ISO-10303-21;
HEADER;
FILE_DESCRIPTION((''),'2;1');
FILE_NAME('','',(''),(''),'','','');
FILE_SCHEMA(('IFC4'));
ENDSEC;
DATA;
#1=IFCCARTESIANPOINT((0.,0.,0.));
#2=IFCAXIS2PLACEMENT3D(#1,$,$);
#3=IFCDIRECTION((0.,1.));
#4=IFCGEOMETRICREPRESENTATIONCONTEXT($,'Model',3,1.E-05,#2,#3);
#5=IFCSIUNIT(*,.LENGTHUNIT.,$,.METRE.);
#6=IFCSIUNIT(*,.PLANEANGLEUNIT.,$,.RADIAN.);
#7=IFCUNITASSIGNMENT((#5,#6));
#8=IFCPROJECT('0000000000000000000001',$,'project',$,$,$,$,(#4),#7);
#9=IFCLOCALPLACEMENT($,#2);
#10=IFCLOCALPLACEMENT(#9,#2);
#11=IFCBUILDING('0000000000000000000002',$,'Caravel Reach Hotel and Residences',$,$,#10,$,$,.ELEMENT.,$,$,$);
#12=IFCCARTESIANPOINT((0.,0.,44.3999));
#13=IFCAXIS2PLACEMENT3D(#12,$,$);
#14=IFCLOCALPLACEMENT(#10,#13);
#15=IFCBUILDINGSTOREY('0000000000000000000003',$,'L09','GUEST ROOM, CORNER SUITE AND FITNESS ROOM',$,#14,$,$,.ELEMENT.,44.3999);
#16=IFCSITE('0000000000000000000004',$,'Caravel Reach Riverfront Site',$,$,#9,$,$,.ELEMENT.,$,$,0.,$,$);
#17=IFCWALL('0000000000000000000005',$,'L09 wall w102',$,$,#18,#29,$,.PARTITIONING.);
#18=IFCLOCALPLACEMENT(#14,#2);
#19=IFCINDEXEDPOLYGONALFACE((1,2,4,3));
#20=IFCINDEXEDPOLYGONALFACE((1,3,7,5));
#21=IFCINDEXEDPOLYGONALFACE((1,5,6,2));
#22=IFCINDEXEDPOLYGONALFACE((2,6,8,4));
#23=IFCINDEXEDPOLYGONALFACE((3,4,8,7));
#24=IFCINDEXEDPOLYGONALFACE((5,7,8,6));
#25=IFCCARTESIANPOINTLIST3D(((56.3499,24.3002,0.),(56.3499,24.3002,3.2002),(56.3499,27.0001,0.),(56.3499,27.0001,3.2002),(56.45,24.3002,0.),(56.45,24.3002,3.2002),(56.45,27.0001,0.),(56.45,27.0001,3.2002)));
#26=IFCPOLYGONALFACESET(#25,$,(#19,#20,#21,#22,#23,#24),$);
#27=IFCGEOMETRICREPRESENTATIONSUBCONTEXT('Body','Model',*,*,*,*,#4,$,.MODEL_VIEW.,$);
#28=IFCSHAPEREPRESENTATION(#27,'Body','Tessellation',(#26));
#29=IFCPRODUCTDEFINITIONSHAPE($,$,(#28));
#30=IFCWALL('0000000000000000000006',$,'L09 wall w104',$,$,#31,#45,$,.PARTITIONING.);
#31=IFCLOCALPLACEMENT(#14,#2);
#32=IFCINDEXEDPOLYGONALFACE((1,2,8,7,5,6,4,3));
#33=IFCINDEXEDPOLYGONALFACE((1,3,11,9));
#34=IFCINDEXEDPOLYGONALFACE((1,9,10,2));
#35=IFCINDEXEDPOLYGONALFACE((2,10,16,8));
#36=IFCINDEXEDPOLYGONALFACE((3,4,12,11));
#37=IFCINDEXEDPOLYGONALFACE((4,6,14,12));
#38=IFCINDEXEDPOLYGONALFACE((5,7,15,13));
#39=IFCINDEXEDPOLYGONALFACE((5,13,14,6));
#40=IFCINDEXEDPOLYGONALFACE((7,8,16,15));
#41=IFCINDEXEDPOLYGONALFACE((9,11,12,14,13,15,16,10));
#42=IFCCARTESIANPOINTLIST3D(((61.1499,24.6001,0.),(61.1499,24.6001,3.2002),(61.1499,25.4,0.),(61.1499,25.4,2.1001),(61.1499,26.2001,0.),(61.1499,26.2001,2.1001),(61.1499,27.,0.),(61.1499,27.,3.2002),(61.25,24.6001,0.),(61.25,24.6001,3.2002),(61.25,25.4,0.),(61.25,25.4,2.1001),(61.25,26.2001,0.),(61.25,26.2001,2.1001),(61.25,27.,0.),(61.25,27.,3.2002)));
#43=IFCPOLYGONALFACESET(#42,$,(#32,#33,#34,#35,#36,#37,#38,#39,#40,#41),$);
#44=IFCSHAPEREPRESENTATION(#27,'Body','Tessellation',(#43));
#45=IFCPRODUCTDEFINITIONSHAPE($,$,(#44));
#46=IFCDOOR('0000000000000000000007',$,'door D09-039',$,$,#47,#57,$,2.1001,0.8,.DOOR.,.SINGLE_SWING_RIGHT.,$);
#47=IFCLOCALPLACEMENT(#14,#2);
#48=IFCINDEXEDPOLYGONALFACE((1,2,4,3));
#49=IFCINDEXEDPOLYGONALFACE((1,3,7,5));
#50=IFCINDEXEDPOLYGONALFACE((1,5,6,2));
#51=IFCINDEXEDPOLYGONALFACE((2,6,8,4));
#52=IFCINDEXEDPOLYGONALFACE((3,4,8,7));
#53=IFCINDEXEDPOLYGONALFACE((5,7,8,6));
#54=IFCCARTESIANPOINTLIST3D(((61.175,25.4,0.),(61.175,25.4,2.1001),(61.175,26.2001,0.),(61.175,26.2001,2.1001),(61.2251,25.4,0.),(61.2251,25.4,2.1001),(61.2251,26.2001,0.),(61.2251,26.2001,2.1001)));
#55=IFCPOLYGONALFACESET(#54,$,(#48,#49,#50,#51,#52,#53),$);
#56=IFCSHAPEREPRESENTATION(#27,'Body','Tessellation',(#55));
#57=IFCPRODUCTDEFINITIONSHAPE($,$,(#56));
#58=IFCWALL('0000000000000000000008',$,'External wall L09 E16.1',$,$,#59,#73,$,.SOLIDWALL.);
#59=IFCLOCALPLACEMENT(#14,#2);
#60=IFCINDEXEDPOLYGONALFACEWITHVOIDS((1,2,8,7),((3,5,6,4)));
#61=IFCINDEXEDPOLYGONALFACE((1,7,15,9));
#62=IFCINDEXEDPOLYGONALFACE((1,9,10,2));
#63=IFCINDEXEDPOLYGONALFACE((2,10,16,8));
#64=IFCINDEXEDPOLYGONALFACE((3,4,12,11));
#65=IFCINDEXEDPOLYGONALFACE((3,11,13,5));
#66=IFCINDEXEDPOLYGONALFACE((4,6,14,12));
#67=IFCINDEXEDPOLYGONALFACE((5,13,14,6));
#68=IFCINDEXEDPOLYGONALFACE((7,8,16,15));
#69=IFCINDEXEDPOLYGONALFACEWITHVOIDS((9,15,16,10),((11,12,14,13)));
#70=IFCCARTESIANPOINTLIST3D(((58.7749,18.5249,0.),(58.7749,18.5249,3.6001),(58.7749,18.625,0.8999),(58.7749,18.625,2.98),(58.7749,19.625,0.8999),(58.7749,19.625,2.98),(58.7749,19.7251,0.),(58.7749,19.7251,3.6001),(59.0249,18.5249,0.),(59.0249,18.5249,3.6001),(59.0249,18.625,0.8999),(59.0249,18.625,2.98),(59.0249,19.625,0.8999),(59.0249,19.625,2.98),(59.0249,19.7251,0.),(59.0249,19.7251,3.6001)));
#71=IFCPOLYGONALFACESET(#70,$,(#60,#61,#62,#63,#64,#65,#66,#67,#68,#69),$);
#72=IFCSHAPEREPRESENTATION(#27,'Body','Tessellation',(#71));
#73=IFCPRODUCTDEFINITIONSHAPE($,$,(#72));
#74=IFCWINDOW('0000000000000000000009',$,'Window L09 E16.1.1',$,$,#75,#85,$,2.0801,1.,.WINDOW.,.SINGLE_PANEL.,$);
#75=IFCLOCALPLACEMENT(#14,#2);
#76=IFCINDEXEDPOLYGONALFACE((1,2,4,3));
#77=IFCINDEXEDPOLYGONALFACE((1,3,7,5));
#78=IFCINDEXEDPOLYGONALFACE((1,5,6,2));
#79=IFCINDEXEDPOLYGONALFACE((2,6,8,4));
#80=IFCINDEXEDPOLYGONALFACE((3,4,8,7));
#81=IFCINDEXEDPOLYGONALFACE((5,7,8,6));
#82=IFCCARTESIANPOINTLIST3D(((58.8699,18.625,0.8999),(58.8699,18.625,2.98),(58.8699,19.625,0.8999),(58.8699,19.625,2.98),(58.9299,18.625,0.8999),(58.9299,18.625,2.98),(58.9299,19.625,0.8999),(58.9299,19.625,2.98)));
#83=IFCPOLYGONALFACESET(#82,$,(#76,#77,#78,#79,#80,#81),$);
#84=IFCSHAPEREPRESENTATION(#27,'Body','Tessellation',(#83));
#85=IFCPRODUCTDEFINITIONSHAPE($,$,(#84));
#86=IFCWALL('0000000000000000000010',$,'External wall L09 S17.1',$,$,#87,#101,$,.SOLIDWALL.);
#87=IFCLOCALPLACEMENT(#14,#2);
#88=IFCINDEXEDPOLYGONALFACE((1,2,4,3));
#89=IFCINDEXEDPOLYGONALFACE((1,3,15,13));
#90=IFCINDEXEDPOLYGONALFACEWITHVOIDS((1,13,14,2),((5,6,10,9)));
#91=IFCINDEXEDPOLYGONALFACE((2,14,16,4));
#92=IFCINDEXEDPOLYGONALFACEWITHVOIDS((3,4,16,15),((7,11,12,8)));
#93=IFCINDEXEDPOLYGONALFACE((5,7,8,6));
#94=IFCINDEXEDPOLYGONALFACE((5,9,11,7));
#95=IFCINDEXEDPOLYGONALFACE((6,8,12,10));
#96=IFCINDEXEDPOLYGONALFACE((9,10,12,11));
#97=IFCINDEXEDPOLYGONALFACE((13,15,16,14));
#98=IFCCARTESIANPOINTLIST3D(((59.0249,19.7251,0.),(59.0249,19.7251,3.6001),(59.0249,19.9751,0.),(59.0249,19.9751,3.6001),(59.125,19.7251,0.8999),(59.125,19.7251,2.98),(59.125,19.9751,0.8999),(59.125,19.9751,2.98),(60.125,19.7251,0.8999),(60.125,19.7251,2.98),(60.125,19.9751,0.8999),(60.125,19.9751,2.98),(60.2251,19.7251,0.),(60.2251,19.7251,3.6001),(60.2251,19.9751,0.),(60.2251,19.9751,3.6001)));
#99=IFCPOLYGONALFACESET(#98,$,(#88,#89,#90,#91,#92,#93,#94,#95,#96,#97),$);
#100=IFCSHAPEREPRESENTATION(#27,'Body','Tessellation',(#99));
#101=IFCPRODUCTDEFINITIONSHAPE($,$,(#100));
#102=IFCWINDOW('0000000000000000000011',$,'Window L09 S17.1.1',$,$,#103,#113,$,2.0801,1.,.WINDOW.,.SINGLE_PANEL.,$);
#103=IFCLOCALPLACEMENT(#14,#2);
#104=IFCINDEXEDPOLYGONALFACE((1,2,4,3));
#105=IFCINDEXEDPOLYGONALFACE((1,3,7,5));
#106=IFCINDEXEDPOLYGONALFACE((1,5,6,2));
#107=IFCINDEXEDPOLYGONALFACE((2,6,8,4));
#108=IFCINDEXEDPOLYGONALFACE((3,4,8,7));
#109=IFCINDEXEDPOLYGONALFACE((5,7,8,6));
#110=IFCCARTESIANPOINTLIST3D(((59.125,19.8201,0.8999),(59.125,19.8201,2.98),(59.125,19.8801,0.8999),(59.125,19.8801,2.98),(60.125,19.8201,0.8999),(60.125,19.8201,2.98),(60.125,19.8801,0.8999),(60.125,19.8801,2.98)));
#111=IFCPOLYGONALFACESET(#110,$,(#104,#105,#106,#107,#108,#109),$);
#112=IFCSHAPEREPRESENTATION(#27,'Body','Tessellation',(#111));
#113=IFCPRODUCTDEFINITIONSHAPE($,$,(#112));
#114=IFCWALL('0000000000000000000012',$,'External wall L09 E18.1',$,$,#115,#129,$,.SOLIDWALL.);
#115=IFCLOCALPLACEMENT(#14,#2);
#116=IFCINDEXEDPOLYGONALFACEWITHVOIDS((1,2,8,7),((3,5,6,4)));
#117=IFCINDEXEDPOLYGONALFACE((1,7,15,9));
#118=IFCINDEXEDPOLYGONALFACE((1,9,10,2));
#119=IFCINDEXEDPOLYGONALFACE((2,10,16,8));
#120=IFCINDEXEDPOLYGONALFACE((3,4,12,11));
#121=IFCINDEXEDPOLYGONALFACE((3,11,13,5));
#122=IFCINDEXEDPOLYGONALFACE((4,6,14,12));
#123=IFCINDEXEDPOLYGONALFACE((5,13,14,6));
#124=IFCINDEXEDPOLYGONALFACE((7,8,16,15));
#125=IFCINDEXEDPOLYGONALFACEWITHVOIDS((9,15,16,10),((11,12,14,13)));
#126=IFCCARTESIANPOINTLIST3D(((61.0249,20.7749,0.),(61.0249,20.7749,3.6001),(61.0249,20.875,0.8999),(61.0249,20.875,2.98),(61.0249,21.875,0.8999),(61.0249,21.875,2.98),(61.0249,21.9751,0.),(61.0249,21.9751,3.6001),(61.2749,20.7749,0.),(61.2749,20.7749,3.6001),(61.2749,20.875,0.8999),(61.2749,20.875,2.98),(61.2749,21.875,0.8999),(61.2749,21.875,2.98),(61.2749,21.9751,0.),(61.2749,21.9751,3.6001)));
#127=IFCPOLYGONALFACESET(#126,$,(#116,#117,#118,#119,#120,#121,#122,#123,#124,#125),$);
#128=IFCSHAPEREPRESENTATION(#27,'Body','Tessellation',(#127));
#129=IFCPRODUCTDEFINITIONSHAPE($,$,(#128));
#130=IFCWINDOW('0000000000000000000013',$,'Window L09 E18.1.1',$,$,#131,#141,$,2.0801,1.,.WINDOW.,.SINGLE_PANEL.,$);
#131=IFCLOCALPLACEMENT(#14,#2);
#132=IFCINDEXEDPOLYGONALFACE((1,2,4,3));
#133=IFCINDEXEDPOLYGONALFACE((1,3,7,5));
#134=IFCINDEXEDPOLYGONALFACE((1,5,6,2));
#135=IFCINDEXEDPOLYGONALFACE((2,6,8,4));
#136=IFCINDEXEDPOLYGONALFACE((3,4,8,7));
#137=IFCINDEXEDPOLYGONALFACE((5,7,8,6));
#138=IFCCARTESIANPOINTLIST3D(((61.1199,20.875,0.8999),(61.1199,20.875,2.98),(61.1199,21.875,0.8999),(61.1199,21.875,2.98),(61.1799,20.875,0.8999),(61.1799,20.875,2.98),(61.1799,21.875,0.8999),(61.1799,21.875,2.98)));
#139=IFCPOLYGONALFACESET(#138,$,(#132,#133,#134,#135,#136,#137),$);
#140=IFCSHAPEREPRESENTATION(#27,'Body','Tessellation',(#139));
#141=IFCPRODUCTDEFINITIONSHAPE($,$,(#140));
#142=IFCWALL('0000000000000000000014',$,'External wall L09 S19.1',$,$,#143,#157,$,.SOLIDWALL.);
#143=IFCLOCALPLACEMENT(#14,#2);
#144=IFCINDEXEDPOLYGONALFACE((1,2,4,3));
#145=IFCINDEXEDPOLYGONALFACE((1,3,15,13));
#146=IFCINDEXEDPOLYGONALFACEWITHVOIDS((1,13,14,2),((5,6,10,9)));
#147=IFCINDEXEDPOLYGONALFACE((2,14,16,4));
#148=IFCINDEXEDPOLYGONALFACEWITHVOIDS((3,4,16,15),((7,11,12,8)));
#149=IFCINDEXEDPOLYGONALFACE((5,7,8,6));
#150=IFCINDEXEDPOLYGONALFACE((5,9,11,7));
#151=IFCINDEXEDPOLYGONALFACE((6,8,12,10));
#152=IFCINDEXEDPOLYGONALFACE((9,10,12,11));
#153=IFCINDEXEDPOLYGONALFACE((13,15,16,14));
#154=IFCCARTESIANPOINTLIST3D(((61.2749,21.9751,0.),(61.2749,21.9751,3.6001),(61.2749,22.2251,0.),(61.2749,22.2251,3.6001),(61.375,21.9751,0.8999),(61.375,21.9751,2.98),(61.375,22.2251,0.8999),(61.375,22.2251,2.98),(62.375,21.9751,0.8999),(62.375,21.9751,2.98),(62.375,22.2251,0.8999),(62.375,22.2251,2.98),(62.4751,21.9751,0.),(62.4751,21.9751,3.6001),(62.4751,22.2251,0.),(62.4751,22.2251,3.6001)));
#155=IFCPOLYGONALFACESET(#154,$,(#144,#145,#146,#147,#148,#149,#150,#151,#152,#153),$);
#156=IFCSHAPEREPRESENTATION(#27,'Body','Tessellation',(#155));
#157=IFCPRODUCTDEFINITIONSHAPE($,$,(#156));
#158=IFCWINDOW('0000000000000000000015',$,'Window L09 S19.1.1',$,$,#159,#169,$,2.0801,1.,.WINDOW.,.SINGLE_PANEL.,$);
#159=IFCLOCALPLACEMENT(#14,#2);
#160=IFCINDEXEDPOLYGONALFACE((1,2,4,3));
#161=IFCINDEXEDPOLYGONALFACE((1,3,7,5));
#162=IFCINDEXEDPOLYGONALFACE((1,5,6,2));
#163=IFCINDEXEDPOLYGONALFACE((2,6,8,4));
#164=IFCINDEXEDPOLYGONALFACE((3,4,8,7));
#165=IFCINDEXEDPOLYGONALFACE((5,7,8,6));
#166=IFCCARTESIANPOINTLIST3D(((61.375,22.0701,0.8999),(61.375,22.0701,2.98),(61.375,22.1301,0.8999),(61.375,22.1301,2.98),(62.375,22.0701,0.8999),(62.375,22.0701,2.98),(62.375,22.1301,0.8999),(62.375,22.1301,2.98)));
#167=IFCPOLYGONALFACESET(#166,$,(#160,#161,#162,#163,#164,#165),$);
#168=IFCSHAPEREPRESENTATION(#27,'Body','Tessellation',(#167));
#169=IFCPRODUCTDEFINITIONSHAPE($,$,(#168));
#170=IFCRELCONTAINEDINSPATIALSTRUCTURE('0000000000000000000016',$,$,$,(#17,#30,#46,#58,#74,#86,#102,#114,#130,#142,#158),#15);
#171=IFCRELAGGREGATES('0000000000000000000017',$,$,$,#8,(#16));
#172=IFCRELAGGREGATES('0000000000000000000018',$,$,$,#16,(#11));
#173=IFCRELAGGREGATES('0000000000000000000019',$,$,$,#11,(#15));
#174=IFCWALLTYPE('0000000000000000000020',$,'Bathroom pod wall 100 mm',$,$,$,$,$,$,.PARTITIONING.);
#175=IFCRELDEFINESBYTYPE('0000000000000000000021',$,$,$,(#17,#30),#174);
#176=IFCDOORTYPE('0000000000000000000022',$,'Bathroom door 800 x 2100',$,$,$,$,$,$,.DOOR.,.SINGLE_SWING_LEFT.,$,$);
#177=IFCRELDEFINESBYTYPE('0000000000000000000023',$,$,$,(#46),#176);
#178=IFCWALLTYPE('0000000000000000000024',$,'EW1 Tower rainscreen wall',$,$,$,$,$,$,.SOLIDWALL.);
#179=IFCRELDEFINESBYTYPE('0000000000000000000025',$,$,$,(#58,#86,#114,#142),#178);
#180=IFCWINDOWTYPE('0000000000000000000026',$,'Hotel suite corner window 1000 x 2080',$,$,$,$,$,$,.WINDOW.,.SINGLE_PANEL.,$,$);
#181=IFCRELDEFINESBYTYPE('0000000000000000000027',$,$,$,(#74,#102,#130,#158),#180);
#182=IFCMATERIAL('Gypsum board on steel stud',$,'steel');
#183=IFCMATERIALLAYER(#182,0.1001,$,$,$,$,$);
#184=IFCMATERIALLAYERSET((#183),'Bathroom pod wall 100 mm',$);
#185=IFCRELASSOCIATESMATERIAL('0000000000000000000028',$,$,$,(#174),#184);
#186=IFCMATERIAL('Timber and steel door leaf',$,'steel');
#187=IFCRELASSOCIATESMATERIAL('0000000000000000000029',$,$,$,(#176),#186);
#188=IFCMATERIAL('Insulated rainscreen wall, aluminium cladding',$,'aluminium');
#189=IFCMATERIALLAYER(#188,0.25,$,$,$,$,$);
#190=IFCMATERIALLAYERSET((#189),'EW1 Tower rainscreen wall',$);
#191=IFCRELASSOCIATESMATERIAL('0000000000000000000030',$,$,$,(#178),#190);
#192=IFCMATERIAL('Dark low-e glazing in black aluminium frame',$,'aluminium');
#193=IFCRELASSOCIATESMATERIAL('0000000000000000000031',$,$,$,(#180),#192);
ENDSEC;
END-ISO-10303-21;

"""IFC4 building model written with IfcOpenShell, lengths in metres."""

from ifc_helpers import new_model, si_unit, direction, frame, frame_2d, origin, place, context, subcontext, project, spatial, rectangle, extrude, material, layer, layer_set, type_object, element, fill, save


model = new_model("IFC4")

# Units and contexts
model_context = context("Model", 3, precision=1e-05, world=origin(), true_north=direction((0.0, 1.0)))
body_context = subcontext(model_context, "Body", "Model", "MODEL_VIEW")
ifc_project = project(units=[si_unit("LENGTHUNIT", "METRE"), si_unit("PLANEANGLEUNIT", "RADIAN")], contexts=[model_context])

# Site, building, storey
site_placement = place(None, origin())
site = spatial("IfcSite", under=ifc_project, at=site_placement, Name="Caravel Reach Riverfront Site", CompositionType="ELEMENT", RefElevation=0.0)
building_placement = place(site_placement, origin())
building = spatial("IfcBuilding", under=site, at=building_placement, Name="Caravel Reach Hotel and Residences", CompositionType="ELEMENT")
storey_placement = place(building_placement, frame((0.0, 0.0, 44.3999)))
storey = spatial("IfcBuildingStorey", under=building, at=storey_placement, Name="L09", Description="GUEST ROOM, CORNER SUITE AND FITNESS ROOM", CompositionType="ELEMENT", Elevation=44.3999)

# Shared definitions
ifc_material_1 = material(Name="Gypsum board on steel stud", Category="steel")
ifc_layer_1 = layer(ifc_material_1, 0.1001)
ifc_layer_set_1 = layer_set([ifc_layer_1], Name="Bathroom pod wall 100 mm")
wall_type_1 = type_object("IfcWallType", Name="Bathroom pod wall 100 mm", PredefinedType="PARTITIONING", material=ifc_layer_set_1)
ifc_material_2 = material(Name="Timber and steel door leaf", Category="steel")
door_type = type_object("IfcDoorType", Name="Bathroom door 800 x 2100", OperationType="SINGLE_SWING_LEFT", PredefinedType="DOOR", material=ifc_material_2)

# Wall
for number, where, z_axis, x_axis, name in (
    (1, (56.3999, 24.3, 0.0), (0.0, 0.0, 1.0), (0.0, 1.0, 0.0), "L09 wall w102"),
):
    element("IfcWall", number, at=place(storey_placement, frame(where, z_axis=z_axis, x_axis=x_axis)), inside=storey, type_object=wall_type_1, Name=name, PredefinedType="PARTITIONING", context=body_context, shape_type="SweptSolid", body=[
        extrude(rectangle(XDim=2.7, YDim=0.1001, at=frame_2d((1.3501, 0.0))), origin(), (0.0, 0.0, 1.0), 3.2002),
    ])

# Wall, opening, door
wall_1_placement = place(storey_placement, frame((61.2, 24.6001, 0.0), z_axis=(0.0, 0.0, 1.0), x_axis=(0.0, 1.0, 0.0)))
wall_1 = element("IfcWall", 2, at=wall_1_placement, inside=storey, type_object=wall_type_1, Name="L09 wall w104", PredefinedType="PARTITIONING", context=body_context, shape_type="SweptSolid", body=[
    extrude(rectangle(XDim=2.3999, YDim=0.1001, at=frame_2d((1.2, 0.0))), origin(), (0.0, 0.0, 1.0), 3.2002),
])
opening_1_placement = place(wall_1_placement, frame((0.8, 0.0, 0.0)))
opening_1 = element("IfcOpeningElement", 3, at=opening_1_placement, cuts=wall_1, PredefinedType="OPENING", context=body_context, shape_type="SweptSolid", body=[
    extrude(rectangle(XDim=0.8, YDim=2.1001, at=frame_2d((0.3999, 1.05))), frame((0.0, 0.0601, 0.0), z_axis=(0.0, -1.0, 0.0), x_axis=(1.0, 0.0, 0.0)), (0.0, 0.0, 1.0), 0.1201),
])
door_1_placement = place(opening_1_placement, origin())
door_1 = element("IfcDoor", 4, at=door_1_placement, inside=storey, type_object=door_type, Name="door D09-039", OperationType="SINGLE_SWING_RIGHT", OverallHeight=2.1001, OverallWidth=0.8, PredefinedType="DOOR", context=body_context, shape_type="SweptSolid", body=[
    extrude(rectangle(XDim=0.8, YDim=2.1001, at=frame_2d((0.3999, 1.05))), frame((0.0, 0.0249, 0.0), z_axis=(0.0, -1.0, 0.0), x_axis=(1.0, 0.0, 0.0)), (0.0, 0.0, 1.0), 0.05),
])
fill(opening_1, door_1)

# Walls, openings, windows
ifc_material_3 = material(Name="Insulated rainscreen wall, aluminium cladding", Category="aluminium")
ifc_layer_2 = layer(ifc_material_3, 0.25)
ifc_layer_set_2 = layer_set([ifc_layer_2], Name="EW1 Tower rainscreen wall")
wall_type_2 = type_object("IfcWallType", Name="EW1 Tower rainscreen wall", PredefinedType="SOLIDWALL", material=ifc_layer_set_2)
wall_2_placement = place(storey_placement, frame((58.8999, 18.5249, 0.0), z_axis=(0.0, 0.0, 1.0), x_axis=(0.0, 1.0, 0.0)))
wall_2 = element("IfcWall", 5, at=wall_2_placement, inside=storey, type_object=wall_type_2, Name="External wall L09 E16.1", PredefinedType="SOLIDWALL", context=body_context, shape_type="SweptSolid", body=[
    extrude(rectangle(XDim=1.2002, YDim=0.25, at=frame_2d((0.6001, 0.0))), origin(), (0.0, 0.0, 1.0), 3.6001),
])
opening_2_placement = place(wall_2_placement, frame((0.1001, 0.0, 0.8999)))
opening_2 = element("IfcOpeningElement", 6, at=opening_2_placement, cuts=wall_2, PredefinedType="OPENING", context=body_context, shape_type="SweptSolid", body=[
    extrude(rectangle(XDim=1.0, YDim=2.0801, at=frame_2d((0.5, 1.04))), frame((0.0, 0.135, 0.0), z_axis=(0.0, -1.0, 0.0), x_axis=(1.0, 0.0, 0.0)), (0.0, 0.0, 1.0), 0.27),
])
ifc_material_4 = material(Name="Dark low-e glazing in black aluminium frame", Category="aluminium")
window_type_1 = type_object("IfcWindowType", Name="Hotel suite corner window 1000 x 2080", PartitioningType="SINGLE_PANEL", PredefinedType="WINDOW", material=ifc_material_4)
window_1_placement = place(opening_2_placement, origin())
window_1 = element("IfcWindow", 7, at=window_1_placement, inside=storey, type_object=window_type_1, Name="Window L09 E16.1.1", OverallHeight=2.0801, OverallWidth=1.0, PartitioningType="SINGLE_PANEL", PredefinedType="WINDOW", context=body_context, shape_type="SweptSolid", body=[
    extrude(rectangle(XDim=1.0, YDim=2.0801, at=frame_2d((0.5, 1.04))), frame((0.0, 0.03, 0.0), z_axis=(0.0, -1.0, 0.0), x_axis=(1.0, 0.0, 0.0)), (0.0, 0.0, 1.0), 0.0601),
])
fill(opening_2, window_1)
wall_3_placement = place(storey_placement, frame((59.0249, 19.8501, 0.0), z_axis=(0.0, 0.0, 1.0), x_axis=(1.0, 0.0, 0.0)))
wall_3 = element("IfcWall", 8, at=wall_3_placement, inside=storey, type_object=wall_type_2, Name="External wall L09 S17.1", PredefinedType="SOLIDWALL", context=body_context, shape_type="SweptSolid", body=[
    extrude(rectangle(XDim=1.2002, YDim=0.25, at=frame_2d((0.6001, 0.0))), origin(), (0.0, 0.0, 1.0), 3.6001),
])
opening_3_placement = place(wall_3_placement, frame((0.1001, 0.0, 0.8999)))
opening_3 = element("IfcOpeningElement", 9, at=opening_3_placement, cuts=wall_3, PredefinedType="OPENING", context=body_context, shape_type="SweptSolid", body=[
    extrude(rectangle(XDim=1.0, YDim=2.0801, at=frame_2d((0.5, 1.04))), frame((0.0, 0.135, 0.0), z_axis=(0.0, -1.0, 0.0), x_axis=(1.0, 0.0, 0.0)), (0.0, 0.0, 1.0), 0.27),
])
window_2_placement = place(opening_3_placement, origin())
window_2 = element("IfcWindow", 10, at=window_2_placement, inside=storey, type_object=window_type_1, Name="Window L09 S17.1.1", OverallHeight=2.0801, OverallWidth=1.0, PartitioningType="SINGLE_PANEL", PredefinedType="WINDOW", context=body_context, shape_type="SweptSolid", body=[
    extrude(rectangle(XDim=1.0, YDim=2.0801, at=frame_2d((0.5, 1.04))), frame((0.0, 0.03, 0.0), z_axis=(0.0, -1.0, 0.0), x_axis=(1.0, 0.0, 0.0)), (0.0, 0.0, 1.0), 0.0601),
])
fill(opening_3, window_2)
wall_4_placement = place(storey_placement, frame((61.1499, 20.7749, 0.0), z_axis=(0.0, 0.0, 1.0), x_axis=(0.0, 1.0, 0.0)))
wall_4 = element("IfcWall", 11, at=wall_4_placement, inside=storey, type_object=wall_type_2, Name="External wall L09 E18.1", PredefinedType="SOLIDWALL", context=body_context, shape_type="SweptSolid", body=[
    extrude(rectangle(XDim=1.2002, YDim=0.25, at=frame_2d((0.6001, 0.0))), origin(), (0.0, 0.0, 1.0), 3.6001),
])
opening_4_placement = place(wall_4_placement, frame((0.1001, 0.0, 0.8999)))
opening_4 = element("IfcOpeningElement", 12, at=opening_4_placement, cuts=wall_4, PredefinedType="OPENING", context=body_context, shape_type="SweptSolid", body=[
    extrude(rectangle(XDim=1.0, YDim=2.0801, at=frame_2d((0.5, 1.04))), frame((0.0, 0.135, 0.0), z_axis=(0.0, -1.0, 0.0), x_axis=(1.0, 0.0, 0.0)), (0.0, 0.0, 1.0), 0.27),
])
window_3_placement = place(opening_4_placement, origin())
window_3 = element("IfcWindow", 13, at=window_3_placement, inside=storey, type_object=window_type_1, Name="Window L09 E18.1.1", OverallHeight=2.0801, OverallWidth=1.0, PartitioningType="SINGLE_PANEL", PredefinedType="WINDOW", context=body_context, shape_type="SweptSolid", body=[
    extrude(rectangle(XDim=1.0, YDim=2.0801, at=frame_2d((0.5, 1.04))), frame((0.0, 0.03, 0.0), z_axis=(0.0, -1.0, 0.0), x_axis=(1.0, 0.0, 0.0)), (0.0, 0.0, 1.0), 0.0601),
])
fill(opening_4, window_3)
wall_5_placement = place(storey_placement, frame((61.2749, 22.1001, 0.0), z_axis=(0.0, 0.0, 1.0), x_axis=(1.0, 0.0, 0.0)))
wall_5 = element("IfcWall", 14, at=wall_5_placement, inside=storey, type_object=wall_type_2, Name="External wall L09 S19.1", PredefinedType="SOLIDWALL", context=body_context, shape_type="SweptSolid", body=[
    extrude(rectangle(XDim=1.2002, YDim=0.25, at=frame_2d((0.6001, 0.0))), origin(), (0.0, 0.0, 1.0), 3.6001),
])
opening_5_placement = place(wall_5_placement, frame((0.1001, 0.0, 0.8999)))
opening_5 = element("IfcOpeningElement", 15, at=opening_5_placement, cuts=wall_5, PredefinedType="OPENING", context=body_context, shape_type="SweptSolid", body=[
    extrude(rectangle(XDim=1.0, YDim=2.0801, at=frame_2d((0.5, 1.04))), frame((0.0, 0.135, 0.0), z_axis=(0.0, -1.0, 0.0), x_axis=(1.0, 0.0, 0.0)), (0.0, 0.0, 1.0), 0.27),
])
window_4_placement = place(opening_5_placement, origin())
window_4 = element("IfcWindow", 16, at=window_4_placement, inside=storey, type_object=window_type_1, Name="Window L09 S19.1.1", OverallHeight=2.0801, OverallWidth=1.0, PartitioningType="SINGLE_PANEL", PredefinedType="WINDOW", context=body_context, shape_type="SweptSolid", body=[
    extrude(rectangle(XDim=1.0, YDim=2.0801, at=frame_2d((0.5, 1.04))), frame((0.0, 0.03, 0.0), z_axis=(0.0, -1.0, 0.0), x_axis=(1.0, 0.0, 0.0)), (0.0, 0.0, 1.0), 0.0601),
])
fill(opening_5, window_4)

save(model, "model.ifc")
